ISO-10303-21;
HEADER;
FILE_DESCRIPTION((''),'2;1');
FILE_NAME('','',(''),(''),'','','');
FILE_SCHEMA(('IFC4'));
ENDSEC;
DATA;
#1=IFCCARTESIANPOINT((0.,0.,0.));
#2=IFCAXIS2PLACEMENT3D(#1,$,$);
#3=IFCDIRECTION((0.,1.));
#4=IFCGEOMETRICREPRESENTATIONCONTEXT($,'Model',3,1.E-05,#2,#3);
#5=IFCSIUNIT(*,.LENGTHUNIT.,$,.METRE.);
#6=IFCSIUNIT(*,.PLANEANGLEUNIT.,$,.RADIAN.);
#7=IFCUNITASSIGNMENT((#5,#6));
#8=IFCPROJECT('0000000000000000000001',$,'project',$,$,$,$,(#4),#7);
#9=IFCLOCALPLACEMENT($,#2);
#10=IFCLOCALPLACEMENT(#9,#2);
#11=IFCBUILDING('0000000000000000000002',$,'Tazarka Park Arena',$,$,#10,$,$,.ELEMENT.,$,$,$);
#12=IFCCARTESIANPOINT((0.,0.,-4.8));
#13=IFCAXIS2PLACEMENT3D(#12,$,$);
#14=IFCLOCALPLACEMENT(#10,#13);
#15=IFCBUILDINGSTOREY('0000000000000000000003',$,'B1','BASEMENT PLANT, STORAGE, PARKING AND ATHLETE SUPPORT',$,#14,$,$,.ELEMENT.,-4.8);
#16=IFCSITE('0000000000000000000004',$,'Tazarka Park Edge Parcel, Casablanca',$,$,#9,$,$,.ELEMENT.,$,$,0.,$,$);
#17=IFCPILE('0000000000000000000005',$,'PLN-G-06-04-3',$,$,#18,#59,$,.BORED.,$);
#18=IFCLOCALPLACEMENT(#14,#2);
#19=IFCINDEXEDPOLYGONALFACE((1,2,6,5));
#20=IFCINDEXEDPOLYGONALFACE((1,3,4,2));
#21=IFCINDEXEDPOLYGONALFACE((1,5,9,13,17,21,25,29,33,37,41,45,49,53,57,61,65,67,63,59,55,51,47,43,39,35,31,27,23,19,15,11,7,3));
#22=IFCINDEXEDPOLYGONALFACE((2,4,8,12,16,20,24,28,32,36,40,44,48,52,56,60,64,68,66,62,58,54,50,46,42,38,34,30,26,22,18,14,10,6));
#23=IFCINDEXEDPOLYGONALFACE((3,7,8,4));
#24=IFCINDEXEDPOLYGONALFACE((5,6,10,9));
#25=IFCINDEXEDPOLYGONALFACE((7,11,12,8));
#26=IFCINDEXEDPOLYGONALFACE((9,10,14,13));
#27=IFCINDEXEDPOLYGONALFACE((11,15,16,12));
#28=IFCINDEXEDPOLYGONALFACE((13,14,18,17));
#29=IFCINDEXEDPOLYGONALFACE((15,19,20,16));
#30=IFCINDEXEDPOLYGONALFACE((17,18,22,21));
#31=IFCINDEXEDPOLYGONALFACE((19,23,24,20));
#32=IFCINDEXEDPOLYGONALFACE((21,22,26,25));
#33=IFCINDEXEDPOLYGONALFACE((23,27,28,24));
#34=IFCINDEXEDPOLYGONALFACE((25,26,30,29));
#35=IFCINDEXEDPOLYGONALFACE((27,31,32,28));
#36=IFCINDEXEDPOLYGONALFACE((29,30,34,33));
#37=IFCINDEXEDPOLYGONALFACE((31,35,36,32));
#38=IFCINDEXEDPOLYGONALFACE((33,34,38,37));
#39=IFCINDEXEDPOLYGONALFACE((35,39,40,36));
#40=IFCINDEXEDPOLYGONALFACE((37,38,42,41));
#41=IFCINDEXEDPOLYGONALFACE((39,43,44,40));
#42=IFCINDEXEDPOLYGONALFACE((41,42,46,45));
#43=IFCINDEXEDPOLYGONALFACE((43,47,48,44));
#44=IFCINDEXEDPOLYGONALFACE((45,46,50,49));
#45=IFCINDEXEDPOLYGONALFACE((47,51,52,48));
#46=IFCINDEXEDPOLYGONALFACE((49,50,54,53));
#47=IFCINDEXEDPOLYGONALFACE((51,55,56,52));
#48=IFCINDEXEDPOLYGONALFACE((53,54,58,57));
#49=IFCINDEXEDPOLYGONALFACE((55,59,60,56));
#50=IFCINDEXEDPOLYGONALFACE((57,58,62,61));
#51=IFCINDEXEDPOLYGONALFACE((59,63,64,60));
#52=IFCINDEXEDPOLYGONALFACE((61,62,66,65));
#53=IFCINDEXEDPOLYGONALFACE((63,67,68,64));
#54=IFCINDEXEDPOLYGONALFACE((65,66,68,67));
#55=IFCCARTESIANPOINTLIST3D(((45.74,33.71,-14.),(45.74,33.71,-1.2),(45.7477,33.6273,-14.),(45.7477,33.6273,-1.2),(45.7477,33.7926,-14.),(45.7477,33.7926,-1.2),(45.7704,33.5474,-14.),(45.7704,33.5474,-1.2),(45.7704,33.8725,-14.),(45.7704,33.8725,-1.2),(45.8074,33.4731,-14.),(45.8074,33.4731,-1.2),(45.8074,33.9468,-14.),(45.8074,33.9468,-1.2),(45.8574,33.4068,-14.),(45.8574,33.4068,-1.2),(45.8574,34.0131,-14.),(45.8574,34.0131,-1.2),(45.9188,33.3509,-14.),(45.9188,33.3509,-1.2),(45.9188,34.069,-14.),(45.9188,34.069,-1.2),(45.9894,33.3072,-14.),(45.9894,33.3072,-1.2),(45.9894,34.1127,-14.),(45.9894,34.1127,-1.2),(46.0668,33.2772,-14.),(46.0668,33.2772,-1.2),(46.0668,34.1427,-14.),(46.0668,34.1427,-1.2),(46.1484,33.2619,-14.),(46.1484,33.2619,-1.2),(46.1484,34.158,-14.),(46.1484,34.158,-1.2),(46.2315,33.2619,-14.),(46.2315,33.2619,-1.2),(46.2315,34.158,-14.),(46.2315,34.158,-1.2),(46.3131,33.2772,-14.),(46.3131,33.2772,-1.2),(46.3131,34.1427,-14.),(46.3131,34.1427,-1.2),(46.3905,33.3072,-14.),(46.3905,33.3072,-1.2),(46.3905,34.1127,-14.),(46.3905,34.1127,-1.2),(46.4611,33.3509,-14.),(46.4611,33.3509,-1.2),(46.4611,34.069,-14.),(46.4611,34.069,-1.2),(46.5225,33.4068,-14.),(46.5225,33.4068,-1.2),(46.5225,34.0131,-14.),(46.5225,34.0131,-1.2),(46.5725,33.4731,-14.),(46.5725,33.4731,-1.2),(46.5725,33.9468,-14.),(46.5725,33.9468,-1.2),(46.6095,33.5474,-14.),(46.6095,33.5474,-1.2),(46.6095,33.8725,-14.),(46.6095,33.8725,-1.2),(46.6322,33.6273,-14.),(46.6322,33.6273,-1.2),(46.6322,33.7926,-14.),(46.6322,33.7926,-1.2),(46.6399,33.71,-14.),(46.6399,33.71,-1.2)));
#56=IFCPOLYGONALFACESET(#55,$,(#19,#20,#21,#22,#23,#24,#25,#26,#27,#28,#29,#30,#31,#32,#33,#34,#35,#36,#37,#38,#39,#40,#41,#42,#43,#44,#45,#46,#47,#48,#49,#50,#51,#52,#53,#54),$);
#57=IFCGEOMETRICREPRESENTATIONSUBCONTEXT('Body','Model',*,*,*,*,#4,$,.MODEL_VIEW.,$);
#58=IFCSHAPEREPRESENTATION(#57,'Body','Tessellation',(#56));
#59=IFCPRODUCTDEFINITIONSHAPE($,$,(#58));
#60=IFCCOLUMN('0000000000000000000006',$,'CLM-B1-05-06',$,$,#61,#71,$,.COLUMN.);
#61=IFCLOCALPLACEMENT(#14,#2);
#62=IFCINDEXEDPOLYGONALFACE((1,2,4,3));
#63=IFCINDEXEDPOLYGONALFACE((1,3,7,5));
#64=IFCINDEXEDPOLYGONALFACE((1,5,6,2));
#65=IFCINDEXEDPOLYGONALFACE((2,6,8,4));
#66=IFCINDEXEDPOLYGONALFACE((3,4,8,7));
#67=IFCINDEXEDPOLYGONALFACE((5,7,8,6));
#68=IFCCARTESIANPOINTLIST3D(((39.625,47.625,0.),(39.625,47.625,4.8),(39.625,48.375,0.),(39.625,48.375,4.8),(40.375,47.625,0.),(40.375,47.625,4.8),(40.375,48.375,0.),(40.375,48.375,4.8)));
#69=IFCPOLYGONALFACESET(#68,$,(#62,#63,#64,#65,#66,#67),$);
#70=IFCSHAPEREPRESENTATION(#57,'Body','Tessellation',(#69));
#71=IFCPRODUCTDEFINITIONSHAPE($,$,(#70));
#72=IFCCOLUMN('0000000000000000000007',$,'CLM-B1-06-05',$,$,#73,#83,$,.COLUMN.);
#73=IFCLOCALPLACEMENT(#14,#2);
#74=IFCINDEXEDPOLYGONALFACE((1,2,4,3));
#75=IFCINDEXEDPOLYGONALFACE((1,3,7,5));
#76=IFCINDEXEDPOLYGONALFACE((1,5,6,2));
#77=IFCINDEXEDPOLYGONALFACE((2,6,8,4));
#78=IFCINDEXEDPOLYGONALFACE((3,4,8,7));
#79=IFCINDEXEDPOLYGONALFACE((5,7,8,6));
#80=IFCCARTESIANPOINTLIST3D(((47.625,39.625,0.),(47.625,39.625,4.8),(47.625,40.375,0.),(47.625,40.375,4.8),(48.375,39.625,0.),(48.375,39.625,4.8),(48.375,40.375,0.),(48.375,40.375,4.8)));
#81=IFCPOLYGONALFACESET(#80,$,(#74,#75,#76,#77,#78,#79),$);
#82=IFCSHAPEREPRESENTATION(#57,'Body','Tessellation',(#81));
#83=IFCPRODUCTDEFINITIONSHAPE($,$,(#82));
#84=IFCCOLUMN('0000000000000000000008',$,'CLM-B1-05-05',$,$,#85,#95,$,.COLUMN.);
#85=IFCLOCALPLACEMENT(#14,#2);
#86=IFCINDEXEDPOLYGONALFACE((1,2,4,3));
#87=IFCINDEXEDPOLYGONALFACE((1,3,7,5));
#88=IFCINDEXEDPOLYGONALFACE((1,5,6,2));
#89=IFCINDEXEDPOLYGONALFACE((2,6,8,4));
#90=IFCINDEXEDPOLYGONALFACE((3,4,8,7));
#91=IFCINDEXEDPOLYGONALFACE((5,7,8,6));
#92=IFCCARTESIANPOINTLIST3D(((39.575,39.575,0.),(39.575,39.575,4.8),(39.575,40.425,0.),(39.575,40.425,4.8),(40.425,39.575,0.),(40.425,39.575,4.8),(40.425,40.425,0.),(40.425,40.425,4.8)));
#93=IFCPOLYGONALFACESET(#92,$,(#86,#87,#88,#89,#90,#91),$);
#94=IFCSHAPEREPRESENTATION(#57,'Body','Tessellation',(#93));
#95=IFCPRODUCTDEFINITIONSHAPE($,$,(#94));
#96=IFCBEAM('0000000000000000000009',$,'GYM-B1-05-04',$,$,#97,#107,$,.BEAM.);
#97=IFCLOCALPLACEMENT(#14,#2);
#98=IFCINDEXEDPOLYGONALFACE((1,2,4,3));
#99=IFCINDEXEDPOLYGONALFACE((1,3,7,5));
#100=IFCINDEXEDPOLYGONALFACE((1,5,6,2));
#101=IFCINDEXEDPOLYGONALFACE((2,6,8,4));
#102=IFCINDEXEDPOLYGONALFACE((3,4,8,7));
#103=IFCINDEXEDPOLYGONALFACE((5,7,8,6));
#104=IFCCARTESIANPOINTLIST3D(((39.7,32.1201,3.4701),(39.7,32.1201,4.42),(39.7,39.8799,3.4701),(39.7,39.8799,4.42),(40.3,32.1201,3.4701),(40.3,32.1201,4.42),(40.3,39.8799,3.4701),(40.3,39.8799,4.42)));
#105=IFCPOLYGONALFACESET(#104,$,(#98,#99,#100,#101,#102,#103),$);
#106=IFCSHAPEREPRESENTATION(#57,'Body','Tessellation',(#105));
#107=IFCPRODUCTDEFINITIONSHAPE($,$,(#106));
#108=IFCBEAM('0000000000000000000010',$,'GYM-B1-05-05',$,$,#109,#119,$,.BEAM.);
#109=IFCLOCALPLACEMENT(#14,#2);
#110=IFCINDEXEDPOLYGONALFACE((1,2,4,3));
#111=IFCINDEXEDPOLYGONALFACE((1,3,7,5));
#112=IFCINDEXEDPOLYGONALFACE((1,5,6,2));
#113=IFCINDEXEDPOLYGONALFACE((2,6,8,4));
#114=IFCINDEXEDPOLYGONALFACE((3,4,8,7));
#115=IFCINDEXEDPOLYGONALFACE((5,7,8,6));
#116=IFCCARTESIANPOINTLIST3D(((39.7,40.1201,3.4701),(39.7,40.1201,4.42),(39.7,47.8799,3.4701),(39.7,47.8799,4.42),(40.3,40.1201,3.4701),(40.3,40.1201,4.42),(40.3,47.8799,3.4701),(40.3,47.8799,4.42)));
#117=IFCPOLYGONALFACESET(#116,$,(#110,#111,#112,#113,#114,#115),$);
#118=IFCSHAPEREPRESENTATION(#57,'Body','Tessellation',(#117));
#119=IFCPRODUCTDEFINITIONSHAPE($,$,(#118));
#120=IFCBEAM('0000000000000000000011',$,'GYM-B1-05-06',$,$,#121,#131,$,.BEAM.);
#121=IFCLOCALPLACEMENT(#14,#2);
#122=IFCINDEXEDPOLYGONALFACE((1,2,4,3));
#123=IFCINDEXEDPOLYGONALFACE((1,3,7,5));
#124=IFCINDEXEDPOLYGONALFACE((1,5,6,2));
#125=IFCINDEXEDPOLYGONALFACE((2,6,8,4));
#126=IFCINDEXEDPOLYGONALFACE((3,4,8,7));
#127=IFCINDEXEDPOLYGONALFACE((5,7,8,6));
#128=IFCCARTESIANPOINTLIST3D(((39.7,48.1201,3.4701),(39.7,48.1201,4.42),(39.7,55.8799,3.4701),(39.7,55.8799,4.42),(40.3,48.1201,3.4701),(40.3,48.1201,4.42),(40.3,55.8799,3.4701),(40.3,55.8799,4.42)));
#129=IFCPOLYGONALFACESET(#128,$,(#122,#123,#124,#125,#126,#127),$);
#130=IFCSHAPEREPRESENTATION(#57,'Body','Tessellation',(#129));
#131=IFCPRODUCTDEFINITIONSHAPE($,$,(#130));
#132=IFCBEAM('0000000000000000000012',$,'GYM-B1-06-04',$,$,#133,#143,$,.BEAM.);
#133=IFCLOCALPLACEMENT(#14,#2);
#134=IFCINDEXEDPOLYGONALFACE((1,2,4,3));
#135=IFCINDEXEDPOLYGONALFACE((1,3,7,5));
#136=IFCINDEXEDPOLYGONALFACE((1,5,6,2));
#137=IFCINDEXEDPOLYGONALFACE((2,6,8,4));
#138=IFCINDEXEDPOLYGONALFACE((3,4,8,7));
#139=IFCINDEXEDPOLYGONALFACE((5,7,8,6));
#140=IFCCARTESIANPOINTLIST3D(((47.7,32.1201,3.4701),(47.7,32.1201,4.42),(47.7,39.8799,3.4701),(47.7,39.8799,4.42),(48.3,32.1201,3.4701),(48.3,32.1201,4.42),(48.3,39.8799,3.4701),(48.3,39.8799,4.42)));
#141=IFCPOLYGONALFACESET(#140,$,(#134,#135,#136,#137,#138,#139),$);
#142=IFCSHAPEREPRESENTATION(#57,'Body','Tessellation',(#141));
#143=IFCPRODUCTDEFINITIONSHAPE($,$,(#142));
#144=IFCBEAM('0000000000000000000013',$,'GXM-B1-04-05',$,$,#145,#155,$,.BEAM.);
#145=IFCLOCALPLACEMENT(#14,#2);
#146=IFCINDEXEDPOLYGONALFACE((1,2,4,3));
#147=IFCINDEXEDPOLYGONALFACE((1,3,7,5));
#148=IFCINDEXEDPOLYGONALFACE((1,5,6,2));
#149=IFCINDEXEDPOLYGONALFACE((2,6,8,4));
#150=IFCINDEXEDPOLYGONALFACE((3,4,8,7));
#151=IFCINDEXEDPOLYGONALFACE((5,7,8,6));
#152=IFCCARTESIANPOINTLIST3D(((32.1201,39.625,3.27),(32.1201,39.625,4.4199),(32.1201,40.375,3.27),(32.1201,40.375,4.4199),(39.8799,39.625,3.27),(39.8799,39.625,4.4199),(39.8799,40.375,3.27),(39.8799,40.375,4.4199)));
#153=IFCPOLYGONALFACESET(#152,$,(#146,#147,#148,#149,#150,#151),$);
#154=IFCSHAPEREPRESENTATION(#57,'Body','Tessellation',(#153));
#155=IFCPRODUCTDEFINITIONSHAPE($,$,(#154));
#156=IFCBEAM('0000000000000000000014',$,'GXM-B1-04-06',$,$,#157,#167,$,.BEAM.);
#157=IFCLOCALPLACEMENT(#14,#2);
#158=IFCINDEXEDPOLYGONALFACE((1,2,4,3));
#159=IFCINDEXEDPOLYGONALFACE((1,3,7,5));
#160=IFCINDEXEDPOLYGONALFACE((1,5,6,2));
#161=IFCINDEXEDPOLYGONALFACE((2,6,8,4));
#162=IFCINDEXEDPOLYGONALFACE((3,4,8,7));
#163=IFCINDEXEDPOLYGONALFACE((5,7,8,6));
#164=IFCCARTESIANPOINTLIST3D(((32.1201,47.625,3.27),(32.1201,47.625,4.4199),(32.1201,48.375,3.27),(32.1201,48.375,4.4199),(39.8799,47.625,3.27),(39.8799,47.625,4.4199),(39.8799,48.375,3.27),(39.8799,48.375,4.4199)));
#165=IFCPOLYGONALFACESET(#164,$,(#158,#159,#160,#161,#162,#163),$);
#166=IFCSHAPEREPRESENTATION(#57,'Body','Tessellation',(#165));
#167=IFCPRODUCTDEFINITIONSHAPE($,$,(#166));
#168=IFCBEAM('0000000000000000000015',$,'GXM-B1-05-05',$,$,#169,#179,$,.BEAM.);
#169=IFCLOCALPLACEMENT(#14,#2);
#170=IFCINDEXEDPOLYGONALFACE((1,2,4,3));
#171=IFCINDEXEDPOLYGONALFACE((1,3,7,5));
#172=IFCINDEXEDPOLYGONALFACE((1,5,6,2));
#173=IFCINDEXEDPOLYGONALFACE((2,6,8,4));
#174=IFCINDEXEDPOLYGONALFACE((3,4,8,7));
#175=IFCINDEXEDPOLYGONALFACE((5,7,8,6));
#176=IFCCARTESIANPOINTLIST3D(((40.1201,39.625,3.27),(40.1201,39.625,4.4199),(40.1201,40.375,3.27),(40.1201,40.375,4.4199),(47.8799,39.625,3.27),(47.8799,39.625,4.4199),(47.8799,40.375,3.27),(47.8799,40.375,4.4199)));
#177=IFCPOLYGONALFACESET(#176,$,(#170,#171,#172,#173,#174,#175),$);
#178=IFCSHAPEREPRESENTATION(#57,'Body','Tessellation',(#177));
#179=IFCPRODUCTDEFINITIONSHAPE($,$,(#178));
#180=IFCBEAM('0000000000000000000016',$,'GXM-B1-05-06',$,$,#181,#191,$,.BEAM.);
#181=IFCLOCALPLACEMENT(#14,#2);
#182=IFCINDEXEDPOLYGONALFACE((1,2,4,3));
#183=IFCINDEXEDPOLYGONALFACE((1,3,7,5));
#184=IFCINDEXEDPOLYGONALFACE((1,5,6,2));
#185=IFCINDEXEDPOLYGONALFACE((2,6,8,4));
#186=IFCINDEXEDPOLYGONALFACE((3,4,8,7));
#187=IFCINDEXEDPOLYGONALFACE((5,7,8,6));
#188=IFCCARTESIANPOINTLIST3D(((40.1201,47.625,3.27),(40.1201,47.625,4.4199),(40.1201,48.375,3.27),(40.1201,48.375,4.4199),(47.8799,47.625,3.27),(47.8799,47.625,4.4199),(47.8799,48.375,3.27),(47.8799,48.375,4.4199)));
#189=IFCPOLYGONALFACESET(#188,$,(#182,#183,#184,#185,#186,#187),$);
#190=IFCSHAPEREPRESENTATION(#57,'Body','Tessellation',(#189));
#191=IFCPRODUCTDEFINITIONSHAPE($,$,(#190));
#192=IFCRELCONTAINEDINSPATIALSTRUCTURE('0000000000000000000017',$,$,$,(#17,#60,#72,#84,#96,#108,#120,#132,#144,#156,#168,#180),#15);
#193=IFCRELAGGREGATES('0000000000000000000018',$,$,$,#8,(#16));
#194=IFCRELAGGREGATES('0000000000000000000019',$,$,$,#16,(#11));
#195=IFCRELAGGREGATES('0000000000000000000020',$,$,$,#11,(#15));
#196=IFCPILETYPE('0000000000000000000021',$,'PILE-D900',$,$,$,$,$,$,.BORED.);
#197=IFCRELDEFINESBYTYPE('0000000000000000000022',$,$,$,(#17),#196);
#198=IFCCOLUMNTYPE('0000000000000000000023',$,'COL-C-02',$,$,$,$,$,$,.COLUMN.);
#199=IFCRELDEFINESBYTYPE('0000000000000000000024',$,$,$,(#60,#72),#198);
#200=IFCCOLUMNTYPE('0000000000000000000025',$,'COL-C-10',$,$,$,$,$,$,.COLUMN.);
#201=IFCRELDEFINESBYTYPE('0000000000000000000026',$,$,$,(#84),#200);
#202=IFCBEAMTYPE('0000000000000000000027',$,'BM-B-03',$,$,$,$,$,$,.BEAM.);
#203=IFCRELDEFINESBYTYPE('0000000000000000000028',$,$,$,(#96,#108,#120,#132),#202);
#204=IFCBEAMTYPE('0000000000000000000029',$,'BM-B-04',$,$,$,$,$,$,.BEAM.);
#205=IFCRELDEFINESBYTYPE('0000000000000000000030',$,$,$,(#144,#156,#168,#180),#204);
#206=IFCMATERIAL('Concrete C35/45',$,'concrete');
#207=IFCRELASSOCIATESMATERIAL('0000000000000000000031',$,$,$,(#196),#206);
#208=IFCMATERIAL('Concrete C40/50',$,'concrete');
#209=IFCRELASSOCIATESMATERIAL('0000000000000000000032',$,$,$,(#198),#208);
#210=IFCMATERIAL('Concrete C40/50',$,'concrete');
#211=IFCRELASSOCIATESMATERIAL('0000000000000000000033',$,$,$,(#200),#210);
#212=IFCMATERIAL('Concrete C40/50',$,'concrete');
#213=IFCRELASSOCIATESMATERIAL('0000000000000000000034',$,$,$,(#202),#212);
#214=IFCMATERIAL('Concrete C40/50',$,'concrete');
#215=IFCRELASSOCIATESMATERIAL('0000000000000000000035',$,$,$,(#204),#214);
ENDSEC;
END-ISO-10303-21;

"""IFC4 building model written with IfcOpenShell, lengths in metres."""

from ifc_helpers import new_model, si_unit, direction, frame, origin, origin_2d, place, context, subcontext, project, spatial, rectangle, circle, extrude, material, material_profile, profile_set, type_object, element, save


model = new_model("IFC4")

# Units and contexts
model_context = context("Model", 3, precision=1e-05, world=origin(), true_north=direction((0.0, 1.0)))
body_context = subcontext(model_context, "Body", "Model", "MODEL_VIEW")
ifc_project = project(units=[si_unit("LENGTHUNIT", "METRE"), si_unit("PLANEANGLEUNIT", "RADIAN")], contexts=[model_context])

# Site, building, storey
site_placement = place(None, origin())
site = spatial("IfcSite", under=ifc_project, at=site_placement, Name="Tazarka Park Edge Parcel, Casablanca", CompositionType="ELEMENT", RefElevation=0.0)
building_placement = place(site_placement, origin())
building = spatial("IfcBuilding", under=site, at=building_placement, Name="Tazarka Park Arena", CompositionType="ELEMENT")
storey_placement = place(building_placement, frame((0.0, 0.0, -4.8)))
storey = spatial("IfcBuildingStorey", under=building, at=storey_placement, Name="B1", Description="BASEMENT PLANT, STORAGE, PARKING AND ATHLETE SUPPORT", CompositionType="ELEMENT", Elevation=-4.8)

# Pile
ifc_material_1 = material(Name="Concrete C35/45", Category="concrete")
ifc_material_profile_1 = material_profile(ifc_material_1, circle(Radius=0.45, at=origin_2d()), Name="Concrete C35/45")
ifc_profile_set_1 = profile_set([ifc_material_profile_1], Name="Concrete C35/45")
pile_type_1 = type_object("IfcPileType", Name="PILE-D900", PredefinedType="BORED", material=ifc_profile_set_1)
pile_1_placement = place(storey_placement, frame((46.1899, 33.71, -1.2), z_axis=(0.0, 0.0, -1.0), x_axis=(1.0, 0.0, 0.0)))
element("IfcPile", 1, at=pile_1_placement, inside=storey, type_object=pile_type_1, Name="PLN-G-06-04-3", PredefinedType="BORED", context=body_context, shape_type="SweptSolid", body=[
    extrude(circle(Radius=0.45, at=origin_2d()), origin(), (0.0, 0.0, 1.0), 12.8),
])

# Columns
ifc_material_2 = material(Name="Concrete C40/50", Category="concrete")
ifc_material_profile_2 = material_profile(ifc_material_2, rectangle(XDim=0.75, YDim=0.75, at=origin_2d()), Name="Concrete C40/50")
ifc_profile_set_2 = profile_set([ifc_material_profile_2], Name="Concrete C40/50")
column_type_1 = type_object("IfcColumnType", Name="COL-C-02", PredefinedType="COLUMN", material=ifc_profile_set_2)
for number, where, z_axis, x_axis, name in (
    (2, (40.0, 48.0, 0.0), (0.0, 0.0, 1.0), (1.0, 0.0, 0.0), "CLM-B1-05-06"),
    (3, (48.0, 40.0, 0.0), (0.0, 0.0, 1.0), (1.0, 0.0, 0.0), "CLM-B1-06-05"),
):
    element("IfcColumn", number, at=place(storey_placement, frame(where, z_axis=z_axis, x_axis=x_axis)), inside=storey, type_object=column_type_1, Name=name, PredefinedType="COLUMN", context=body_context, shape_type="SweptSolid", body=[
        extrude(rectangle(XDim=0.75, YDim=0.75, at=origin_2d()), origin(), (0.0, 0.0, 1.0), 4.8),
    ])
ifc_material_3 = material(Name="Concrete C40/50", Category="concrete")
ifc_material_profile_3 = material_profile(ifc_material_3, rectangle(XDim=0.8501, YDim=0.8501, at=origin_2d()), Name="Concrete C40/50")
ifc_profile_set_3 = profile_set([ifc_material_profile_3], Name="Concrete C40/50")
column_type_2 = type_object("IfcColumnType", Name="COL-C-10", PredefinedType="COLUMN", material=ifc_profile_set_3)
column_placement = place(storey_placement, frame((40.0, 40.0, 0.0), z_axis=(0.0, 0.0, 1.0), x_axis=(1.0, 0.0, 0.0)))
element("IfcColumn", 4, at=column_placement, inside=storey, type_object=column_type_2, Name="CLM-B1-05-05", PredefinedType="COLUMN", context=body_context, shape_type="SweptSolid", body=[
    extrude(rectangle(XDim=0.8501, YDim=0.8501, at=origin_2d()), origin(), (0.0, 0.0, 1.0), 4.8),
])

# Beams
ifc_material_4 = material(Name="Concrete C40/50", Category="concrete")
ifc_material_profile_4 = material_profile(ifc_material_4, rectangle(XDim=0.6001, YDim=0.95, at=origin_2d()), Name="Concrete C40/50")
ifc_profile_set_4 = profile_set([ifc_material_profile_4], Name="Concrete C40/50")
beam_type_1 = type_object("IfcBeamType", Name="BM-B-03", PredefinedType="BEAM", material=ifc_profile_set_4)
for number, where, z_axis, x_axis, name in (
    (5, (40.0, 32.1201, 3.9451), (0.0, 1.0, 0.0), (-1.0, 0.0, 0.0), "GYM-B1-05-04"),
    (6, (40.0, 40.1201, 3.9451), (0.0, 1.0, 0.0), (-1.0, 0.0, 0.0), "GYM-B1-05-05"),
    (7, (40.0, 48.1201, 3.9451), (0.0, 1.0, 0.0), (-1.0, 0.0, 0.0), "GYM-B1-05-06"),
    (8, (48.0, 32.1201, 3.9451), (0.0, 1.0, 0.0), (-1.0, 0.0, 0.0), "GYM-B1-06-04"),
):
    element("IfcBeam", number, at=place(storey_placement, frame(where, z_axis=z_axis, x_axis=x_axis)), inside=storey, type_object=beam_type_1, Name=name, PredefinedType="BEAM", context=body_context, shape_type="SweptSolid", body=[
        extrude(rectangle(XDim=0.6001, YDim=0.95, at=origin_2d()), origin(), (0.0, 0.0, 1.0), 7.7598),
    ])
ifc_material_5 = material(Name="Concrete C40/50", Category="concrete")
ifc_material_profile_5 = material_profile(ifc_material_5, rectangle(XDim=0.75, YDim=1.1499, at=origin_2d()), Name="Concrete C40/50")
ifc_profile_set_5 = profile_set([ifc_material_profile_5], Name="Concrete C40/50")
beam_type_2 = type_object("IfcBeamType", Name="BM-B-04", PredefinedType="BEAM", material=ifc_profile_set_5)
for number, where, z_axis, x_axis, name in (
    (9, (32.1201, 40.0, 3.845), (1.0, 0.0, 0.0), (0.0, 1.0, 0.0), "GXM-B1-04-05"),
    (10, (32.1201, 48.0, 3.845), (1.0, 0.0, 0.0), (0.0, 1.0, 0.0), "GXM-B1-04-06"),
    (11, (40.1201, 40.0, 3.845), (1.0, 0.0, 0.0), (0.0, 1.0, 0.0), "GXM-B1-05-05"),
    (12, (40.1201, 48.0, 3.845), (1.0, 0.0, 0.0), (0.0, 1.0, 0.0), "GXM-B1-05-06"),
):
    element("IfcBeam", number, at=place(storey_placement, frame(where, z_axis=z_axis, x_axis=x_axis)), inside=storey, type_object=beam_type_2, Name=name, PredefinedType="BEAM", context=body_context, shape_type="SweptSolid", body=[
        extrude(rectangle(XDim=0.75, YDim=1.1499, at=origin_2d()), origin(), (0.0, 0.0, 1.0), 7.7598),
    ])

save(model, "model.ifc")
